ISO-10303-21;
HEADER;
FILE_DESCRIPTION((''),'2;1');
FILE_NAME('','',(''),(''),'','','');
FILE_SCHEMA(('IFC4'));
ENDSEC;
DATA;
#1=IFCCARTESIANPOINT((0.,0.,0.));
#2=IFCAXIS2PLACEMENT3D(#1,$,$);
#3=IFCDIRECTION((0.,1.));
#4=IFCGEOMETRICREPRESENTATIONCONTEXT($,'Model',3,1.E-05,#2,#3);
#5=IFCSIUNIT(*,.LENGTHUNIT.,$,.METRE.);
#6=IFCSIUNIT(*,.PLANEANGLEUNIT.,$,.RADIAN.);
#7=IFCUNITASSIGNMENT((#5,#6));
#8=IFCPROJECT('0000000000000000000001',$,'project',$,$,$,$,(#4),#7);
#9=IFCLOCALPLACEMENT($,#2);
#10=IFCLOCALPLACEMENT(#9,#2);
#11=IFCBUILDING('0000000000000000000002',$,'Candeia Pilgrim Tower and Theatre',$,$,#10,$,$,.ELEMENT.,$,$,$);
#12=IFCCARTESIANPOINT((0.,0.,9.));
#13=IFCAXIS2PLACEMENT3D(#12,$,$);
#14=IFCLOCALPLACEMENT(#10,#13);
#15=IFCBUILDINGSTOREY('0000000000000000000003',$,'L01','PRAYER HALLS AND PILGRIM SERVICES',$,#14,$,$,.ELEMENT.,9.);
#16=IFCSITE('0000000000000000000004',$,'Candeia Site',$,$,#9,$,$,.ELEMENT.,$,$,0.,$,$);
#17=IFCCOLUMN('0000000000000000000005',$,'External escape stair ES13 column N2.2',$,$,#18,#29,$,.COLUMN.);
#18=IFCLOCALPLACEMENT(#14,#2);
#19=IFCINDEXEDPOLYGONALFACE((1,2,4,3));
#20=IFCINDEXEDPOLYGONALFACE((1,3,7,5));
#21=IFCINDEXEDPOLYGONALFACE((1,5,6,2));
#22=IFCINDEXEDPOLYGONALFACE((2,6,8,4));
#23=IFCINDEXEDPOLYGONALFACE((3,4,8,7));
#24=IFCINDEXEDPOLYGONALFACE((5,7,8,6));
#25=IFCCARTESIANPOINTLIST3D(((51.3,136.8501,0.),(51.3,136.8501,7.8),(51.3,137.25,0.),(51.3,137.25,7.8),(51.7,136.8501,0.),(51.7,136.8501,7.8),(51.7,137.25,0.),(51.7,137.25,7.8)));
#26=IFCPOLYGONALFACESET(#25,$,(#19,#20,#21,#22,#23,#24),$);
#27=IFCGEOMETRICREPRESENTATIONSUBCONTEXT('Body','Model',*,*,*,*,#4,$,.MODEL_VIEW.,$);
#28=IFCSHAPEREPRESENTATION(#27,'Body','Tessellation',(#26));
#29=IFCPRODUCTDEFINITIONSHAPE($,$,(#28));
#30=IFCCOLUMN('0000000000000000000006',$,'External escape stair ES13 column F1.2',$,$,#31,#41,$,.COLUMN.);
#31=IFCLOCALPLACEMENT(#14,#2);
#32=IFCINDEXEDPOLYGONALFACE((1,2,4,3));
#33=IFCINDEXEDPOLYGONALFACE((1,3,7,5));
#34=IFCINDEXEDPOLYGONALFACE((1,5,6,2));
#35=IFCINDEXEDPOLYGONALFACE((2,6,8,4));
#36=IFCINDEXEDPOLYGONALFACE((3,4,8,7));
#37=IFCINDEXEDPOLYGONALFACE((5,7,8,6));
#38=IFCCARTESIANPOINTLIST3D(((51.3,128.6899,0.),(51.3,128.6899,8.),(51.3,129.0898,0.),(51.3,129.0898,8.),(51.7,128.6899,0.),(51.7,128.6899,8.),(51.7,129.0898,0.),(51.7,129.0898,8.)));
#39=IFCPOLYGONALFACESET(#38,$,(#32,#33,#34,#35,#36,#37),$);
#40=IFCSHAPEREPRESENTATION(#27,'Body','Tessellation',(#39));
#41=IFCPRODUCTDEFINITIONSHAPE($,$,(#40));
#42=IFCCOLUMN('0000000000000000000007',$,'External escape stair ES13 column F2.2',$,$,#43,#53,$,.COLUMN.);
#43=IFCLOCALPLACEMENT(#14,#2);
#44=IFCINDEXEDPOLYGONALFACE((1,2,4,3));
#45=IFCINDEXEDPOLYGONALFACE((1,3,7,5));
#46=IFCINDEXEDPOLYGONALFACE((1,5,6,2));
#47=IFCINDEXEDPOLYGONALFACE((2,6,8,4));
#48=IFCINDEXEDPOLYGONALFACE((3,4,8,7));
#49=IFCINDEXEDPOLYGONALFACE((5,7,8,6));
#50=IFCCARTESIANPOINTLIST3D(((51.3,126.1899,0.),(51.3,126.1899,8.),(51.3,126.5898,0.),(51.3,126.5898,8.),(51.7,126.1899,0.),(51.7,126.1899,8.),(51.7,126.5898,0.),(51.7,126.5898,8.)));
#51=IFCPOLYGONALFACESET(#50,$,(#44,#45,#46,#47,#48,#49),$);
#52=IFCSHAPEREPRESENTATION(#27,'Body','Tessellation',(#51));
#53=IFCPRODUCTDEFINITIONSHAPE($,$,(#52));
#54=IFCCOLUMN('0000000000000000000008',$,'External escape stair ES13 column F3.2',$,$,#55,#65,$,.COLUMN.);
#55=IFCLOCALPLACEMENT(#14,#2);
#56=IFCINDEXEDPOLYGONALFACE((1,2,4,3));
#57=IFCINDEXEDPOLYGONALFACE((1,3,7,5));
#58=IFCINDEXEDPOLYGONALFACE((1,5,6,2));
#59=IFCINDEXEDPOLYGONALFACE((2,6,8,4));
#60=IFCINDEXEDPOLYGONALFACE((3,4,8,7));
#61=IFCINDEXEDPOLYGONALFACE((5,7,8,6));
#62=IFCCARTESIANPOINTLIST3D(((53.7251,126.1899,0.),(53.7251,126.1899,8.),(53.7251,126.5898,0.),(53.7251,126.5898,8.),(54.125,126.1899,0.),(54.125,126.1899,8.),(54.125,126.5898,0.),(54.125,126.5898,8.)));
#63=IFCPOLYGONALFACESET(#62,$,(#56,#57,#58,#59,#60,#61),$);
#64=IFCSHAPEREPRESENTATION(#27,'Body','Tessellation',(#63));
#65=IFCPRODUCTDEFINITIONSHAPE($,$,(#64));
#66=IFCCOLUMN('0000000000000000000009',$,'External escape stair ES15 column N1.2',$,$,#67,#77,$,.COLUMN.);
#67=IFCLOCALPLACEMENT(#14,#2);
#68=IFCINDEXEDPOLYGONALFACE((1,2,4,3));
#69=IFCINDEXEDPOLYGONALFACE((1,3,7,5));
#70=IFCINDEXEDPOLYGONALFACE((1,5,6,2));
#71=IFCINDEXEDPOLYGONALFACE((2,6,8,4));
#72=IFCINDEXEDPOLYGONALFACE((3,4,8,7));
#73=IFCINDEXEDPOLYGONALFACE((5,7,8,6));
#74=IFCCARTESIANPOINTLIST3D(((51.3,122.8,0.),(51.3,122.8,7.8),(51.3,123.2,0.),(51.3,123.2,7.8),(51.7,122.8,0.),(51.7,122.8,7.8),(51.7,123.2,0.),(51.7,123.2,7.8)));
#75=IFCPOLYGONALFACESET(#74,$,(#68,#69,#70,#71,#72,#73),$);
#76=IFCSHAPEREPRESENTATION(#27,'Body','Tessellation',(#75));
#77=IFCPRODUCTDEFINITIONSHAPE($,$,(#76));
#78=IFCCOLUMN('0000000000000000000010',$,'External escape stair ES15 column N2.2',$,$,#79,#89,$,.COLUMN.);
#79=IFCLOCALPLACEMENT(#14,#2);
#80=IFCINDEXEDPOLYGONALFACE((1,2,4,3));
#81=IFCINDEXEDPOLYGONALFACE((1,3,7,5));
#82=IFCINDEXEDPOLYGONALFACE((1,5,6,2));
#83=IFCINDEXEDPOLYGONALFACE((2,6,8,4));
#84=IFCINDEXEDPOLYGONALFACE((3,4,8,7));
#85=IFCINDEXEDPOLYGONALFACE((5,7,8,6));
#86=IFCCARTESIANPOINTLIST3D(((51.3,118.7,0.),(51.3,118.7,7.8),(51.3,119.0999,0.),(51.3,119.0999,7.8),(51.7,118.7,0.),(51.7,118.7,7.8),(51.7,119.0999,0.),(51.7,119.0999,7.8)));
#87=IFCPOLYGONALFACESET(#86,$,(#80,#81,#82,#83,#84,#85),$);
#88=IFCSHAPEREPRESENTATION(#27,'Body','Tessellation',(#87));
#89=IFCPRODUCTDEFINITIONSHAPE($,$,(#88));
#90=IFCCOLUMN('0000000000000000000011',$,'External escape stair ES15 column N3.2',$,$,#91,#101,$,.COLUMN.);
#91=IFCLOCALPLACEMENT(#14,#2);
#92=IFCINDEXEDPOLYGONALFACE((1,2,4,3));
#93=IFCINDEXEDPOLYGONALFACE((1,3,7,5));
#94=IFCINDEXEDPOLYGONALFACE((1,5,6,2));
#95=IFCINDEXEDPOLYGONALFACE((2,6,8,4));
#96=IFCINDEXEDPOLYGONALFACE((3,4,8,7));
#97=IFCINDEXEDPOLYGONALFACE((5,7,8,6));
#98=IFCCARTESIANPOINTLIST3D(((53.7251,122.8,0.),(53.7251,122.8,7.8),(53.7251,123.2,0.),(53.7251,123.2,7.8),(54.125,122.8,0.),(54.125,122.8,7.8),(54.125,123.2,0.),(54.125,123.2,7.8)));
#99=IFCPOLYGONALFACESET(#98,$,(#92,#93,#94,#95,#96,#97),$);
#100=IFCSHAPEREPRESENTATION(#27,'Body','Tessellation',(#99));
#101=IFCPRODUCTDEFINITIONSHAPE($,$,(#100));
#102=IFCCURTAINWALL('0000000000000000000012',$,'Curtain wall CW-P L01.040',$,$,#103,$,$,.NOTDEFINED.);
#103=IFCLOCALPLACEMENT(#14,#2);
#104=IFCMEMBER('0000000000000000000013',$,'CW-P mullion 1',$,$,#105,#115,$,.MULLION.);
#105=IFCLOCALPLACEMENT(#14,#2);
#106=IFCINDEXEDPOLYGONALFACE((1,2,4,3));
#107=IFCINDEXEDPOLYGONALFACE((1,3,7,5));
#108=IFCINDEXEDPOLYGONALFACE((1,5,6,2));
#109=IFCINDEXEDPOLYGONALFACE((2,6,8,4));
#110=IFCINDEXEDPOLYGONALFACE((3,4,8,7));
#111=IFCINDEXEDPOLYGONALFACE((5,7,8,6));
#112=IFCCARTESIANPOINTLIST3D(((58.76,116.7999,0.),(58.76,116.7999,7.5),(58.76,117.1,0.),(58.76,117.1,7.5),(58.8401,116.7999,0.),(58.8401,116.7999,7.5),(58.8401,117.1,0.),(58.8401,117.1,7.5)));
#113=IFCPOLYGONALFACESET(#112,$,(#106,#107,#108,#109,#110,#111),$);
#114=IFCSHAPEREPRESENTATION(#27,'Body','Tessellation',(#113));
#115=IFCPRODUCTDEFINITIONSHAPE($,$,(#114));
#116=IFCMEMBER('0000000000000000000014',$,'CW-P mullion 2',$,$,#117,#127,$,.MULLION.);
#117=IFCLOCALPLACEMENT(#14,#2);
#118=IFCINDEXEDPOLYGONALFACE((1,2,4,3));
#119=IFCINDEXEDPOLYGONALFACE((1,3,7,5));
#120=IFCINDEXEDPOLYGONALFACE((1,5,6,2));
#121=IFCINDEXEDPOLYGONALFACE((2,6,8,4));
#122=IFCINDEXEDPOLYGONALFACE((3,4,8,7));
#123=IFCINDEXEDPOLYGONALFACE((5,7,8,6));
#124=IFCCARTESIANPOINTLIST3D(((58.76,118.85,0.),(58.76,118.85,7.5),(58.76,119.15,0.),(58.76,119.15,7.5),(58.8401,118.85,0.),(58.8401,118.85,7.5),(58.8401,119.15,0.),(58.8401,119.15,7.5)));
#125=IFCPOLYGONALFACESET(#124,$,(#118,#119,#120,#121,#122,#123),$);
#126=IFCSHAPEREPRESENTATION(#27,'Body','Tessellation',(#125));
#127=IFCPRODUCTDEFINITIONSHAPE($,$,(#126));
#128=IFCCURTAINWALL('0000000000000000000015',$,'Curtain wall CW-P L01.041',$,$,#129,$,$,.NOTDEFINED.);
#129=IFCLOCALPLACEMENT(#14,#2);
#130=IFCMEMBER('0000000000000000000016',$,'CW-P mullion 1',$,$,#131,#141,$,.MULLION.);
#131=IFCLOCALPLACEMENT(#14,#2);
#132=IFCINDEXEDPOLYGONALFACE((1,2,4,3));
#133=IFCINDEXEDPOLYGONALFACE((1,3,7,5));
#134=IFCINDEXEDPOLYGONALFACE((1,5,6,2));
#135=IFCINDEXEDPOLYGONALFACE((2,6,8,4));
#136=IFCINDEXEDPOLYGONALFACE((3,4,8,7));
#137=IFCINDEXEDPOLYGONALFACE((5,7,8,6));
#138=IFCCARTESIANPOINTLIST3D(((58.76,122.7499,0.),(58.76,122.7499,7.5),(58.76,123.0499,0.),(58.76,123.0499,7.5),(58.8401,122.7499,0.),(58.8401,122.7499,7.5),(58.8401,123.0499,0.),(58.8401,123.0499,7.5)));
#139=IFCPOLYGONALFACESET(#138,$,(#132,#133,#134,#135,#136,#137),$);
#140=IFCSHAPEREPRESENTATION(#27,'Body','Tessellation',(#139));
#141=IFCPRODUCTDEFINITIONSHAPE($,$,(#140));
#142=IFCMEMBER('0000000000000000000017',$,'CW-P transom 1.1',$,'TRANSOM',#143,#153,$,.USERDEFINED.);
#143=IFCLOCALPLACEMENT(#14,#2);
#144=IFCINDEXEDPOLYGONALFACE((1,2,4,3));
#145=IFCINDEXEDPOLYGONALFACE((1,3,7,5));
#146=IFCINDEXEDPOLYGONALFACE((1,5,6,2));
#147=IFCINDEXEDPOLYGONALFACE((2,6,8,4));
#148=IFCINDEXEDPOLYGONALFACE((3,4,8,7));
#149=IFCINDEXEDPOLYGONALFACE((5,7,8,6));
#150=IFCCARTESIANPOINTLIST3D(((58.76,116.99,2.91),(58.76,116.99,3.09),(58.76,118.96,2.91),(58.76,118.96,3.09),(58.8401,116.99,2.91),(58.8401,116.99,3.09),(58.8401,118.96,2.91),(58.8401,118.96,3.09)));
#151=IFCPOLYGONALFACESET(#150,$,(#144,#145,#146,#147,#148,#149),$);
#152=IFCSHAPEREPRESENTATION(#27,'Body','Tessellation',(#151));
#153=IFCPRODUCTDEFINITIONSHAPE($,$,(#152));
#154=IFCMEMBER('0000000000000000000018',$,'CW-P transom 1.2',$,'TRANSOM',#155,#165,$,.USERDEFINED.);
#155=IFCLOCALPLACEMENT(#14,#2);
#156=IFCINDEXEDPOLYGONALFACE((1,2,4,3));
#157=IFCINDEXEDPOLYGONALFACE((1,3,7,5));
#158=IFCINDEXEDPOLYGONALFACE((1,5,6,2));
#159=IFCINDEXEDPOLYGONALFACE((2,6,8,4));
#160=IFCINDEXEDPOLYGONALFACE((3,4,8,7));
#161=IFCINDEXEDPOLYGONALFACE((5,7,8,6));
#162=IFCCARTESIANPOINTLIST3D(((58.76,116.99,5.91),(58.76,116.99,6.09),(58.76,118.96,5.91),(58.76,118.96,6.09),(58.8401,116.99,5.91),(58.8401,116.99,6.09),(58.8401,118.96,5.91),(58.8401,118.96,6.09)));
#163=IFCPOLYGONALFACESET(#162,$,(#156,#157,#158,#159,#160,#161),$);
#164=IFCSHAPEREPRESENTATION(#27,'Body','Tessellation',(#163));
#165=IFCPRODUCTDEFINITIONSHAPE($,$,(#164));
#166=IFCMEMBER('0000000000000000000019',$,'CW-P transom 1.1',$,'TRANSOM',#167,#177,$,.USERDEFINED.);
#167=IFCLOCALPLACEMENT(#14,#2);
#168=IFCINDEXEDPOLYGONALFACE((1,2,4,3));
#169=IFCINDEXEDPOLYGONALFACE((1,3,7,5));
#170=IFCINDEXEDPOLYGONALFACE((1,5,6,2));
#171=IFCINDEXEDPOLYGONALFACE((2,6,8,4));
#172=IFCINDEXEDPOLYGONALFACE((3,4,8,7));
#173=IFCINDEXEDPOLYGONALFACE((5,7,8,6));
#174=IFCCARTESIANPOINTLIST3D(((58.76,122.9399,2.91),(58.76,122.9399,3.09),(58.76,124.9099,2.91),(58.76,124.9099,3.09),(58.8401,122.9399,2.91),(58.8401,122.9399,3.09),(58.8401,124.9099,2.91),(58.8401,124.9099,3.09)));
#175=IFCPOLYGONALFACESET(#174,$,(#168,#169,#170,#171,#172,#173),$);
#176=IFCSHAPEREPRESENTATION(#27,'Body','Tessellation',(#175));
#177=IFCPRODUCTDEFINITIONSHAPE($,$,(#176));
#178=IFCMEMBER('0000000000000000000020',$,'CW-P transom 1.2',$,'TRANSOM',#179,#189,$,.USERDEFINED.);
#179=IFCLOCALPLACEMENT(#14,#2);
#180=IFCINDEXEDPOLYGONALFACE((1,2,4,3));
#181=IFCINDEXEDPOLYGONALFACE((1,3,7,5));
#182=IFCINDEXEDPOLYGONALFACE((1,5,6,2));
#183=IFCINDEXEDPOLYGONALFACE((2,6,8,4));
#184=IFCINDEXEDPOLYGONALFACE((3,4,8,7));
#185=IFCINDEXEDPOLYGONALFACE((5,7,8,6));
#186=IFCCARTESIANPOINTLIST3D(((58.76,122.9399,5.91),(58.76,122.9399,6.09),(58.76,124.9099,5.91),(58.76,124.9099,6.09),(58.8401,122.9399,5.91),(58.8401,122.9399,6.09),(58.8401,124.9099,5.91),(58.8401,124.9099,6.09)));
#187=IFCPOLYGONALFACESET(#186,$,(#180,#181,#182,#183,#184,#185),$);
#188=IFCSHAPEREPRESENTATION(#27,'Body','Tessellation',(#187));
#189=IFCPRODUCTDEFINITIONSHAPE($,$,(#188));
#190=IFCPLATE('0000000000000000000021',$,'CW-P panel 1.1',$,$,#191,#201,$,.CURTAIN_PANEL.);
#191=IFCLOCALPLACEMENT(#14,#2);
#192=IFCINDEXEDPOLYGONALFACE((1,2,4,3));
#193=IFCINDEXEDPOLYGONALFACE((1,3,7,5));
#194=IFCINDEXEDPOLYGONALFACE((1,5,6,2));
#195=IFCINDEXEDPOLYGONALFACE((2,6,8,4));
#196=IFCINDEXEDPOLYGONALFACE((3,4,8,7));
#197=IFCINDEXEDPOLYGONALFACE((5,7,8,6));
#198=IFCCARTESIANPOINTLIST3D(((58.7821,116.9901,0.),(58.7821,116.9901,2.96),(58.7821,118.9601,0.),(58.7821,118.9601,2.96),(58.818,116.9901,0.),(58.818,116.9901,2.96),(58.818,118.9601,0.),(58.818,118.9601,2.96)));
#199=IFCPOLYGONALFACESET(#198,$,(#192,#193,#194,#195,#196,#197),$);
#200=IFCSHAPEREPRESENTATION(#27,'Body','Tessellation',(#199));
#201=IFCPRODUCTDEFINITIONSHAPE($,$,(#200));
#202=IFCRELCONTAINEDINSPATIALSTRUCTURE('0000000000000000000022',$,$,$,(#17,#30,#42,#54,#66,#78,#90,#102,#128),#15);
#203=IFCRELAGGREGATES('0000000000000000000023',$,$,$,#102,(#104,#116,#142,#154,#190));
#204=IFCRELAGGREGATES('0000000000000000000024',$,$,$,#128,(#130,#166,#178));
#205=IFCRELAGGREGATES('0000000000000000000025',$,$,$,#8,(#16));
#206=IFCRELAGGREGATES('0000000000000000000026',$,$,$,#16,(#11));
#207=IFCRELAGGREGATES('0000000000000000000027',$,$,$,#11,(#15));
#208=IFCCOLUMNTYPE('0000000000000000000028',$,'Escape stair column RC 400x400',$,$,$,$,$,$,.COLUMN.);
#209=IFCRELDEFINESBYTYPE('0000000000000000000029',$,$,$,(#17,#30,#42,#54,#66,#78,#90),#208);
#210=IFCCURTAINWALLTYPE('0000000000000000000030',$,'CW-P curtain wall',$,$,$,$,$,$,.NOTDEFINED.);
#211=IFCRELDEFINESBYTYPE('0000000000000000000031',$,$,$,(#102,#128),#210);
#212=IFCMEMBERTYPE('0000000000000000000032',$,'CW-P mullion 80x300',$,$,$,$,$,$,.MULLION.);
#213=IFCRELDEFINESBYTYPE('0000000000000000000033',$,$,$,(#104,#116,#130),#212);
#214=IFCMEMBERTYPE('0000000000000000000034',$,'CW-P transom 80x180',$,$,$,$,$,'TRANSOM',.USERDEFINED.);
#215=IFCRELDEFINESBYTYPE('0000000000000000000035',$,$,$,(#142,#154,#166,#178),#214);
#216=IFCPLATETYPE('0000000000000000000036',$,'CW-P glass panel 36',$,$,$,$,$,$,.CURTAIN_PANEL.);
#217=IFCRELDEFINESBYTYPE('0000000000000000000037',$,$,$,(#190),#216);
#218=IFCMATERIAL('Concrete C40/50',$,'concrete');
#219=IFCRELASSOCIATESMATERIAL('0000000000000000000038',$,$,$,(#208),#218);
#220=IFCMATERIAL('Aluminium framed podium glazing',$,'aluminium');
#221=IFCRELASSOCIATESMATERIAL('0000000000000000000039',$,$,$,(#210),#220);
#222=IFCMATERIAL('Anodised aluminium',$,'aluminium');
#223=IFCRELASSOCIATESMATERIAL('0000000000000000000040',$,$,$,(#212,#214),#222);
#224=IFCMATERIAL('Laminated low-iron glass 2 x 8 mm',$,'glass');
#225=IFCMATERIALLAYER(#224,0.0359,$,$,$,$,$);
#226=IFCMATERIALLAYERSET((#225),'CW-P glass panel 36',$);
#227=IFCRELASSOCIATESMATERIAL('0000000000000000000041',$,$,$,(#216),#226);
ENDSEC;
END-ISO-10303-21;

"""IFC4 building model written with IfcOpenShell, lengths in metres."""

from ifc_helpers import new_model, si_unit, direction, frame, origin, origin_2d, place, context, subcontext, project, spatial, rectangle, extrude, material, layer, layer_set, material_profile, profile_set, type_object, element, aggregate, save


model = new_model("IFC4")

# Units and contexts
model_context = context("Model", 3, precision=1e-05, world=origin(), true_north=direction((0.0, 1.0)))
body_context = subcontext(model_context, "Body", "Model", "MODEL_VIEW")
ifc_project = project(units=[si_unit("LENGTHUNIT", "METRE"), si_unit("PLANEANGLEUNIT", "RADIAN")], contexts=[model_context])

# Site, building, storey
site_placement = place(None, origin())
site = spatial("IfcSite", under=ifc_project, at=site_placement, Name="Candeia Site", CompositionType="ELEMENT", RefElevation=0.0)
building_placement = place(site_placement, origin())
building = spatial("IfcBuilding", under=site, at=building_placement, Name="Candeia Pilgrim Tower and Theatre", CompositionType="ELEMENT")
storey_placement = place(building_placement, frame((0.0, 0.0, 9.0)))
storey = spatial("IfcBuildingStorey", under=building, at=storey_placement, Name="L01", Description="PRAYER HALLS AND PILGRIM SERVICES", CompositionType="ELEMENT", Elevation=9.0)

# Columns
ifc_material_1 = material(Name="Concrete C40/50", Category="concrete")
ifc_material_profile_1 = material_profile(ifc_material_1, rectangle(XDim=0.3999, YDim=0.3999, at=origin_2d()))
ifc_profile_set_1 = profile_set([ifc_material_profile_1], Name="Concrete C40/50")
column_type = type_object("IfcColumnType", Name="Escape stair column RC 400x400", PredefinedType="COLUMN", material=ifc_profile_set_1)
column_placement = place(storey_placement, frame((51.5, 137.05, 0.0), z_axis=(0.0, 0.0, 1.0), x_axis=(1.0, 0.0, 0.0)))
element("IfcColumn", 1, at=column_placement, inside=storey, type_object=column_type, Name="External escape stair ES13 column N2.2", PredefinedType="COLUMN", context=body_context, shape_type="SweptSolid", body=[
    extrude(rectangle(XDim=0.3999, YDim=0.3999, at=origin_2d()), origin(), (0.0, 0.0, 1.0), 7.8),
])
for number, where, z_axis, x_axis, name in (
    (2, (51.5, 128.8899, 0.0), (0.0, 0.0, 1.0), (1.0, 0.0, 0.0), "External escape stair ES13 column F1.2"),
    (3, (51.5, 126.3899, 0.0), (0.0, 0.0, 1.0), (1.0, 0.0, 0.0), "External escape stair ES13 column F2.2"),
    (4, (53.925, 126.3899, 0.0), (0.0, 0.0, 1.0), (1.0, 0.0, 0.0), "External escape stair ES13 column F3.2"),
):
    element("IfcColumn", number, at=place(storey_placement, frame(where, z_axis=z_axis, x_axis=x_axis)), inside=storey, type_object=column_type, Name=name, PredefinedType="COLUMN", context=body_context, shape_type="SweptSolid", body=[
        extrude(rectangle(XDim=0.3999, YDim=0.3999, at=origin_2d()), origin(), (0.0, 0.0, 1.0), 8.0),
    ])
for number, where, z_axis, x_axis, name in (
    (5, (51.5, 123.0, 0.0), (0.0, 0.0, 1.0), (1.0, 0.0, 0.0), "External escape stair ES15 column N1.2"),
    (6, (51.5, 118.8999, 0.0), (0.0, 0.0, 1.0), (1.0, 0.0, 0.0), "External escape stair ES15 column N2.2"),
    (7, (53.925, 123.0, 0.0), (0.0, 0.0, 1.0), (1.0, 0.0, 0.0), "External escape stair ES15 column N3.2"),
):
    element("IfcColumn", number, at=place(storey_placement, frame(where, z_axis=z_axis, x_axis=x_axis)), inside=storey, type_object=column_type, Name=name, PredefinedType="COLUMN", context=body_context, shape_type="SweptSolid", body=[
        extrude(rectangle(XDim=0.3999, YDim=0.3999, at=origin_2d()), origin(), (0.0, 0.0, 1.0), 7.8),
    ])

# Curtain wall, members
ifc_material_2 = material(Name="Aluminium framed podium glazing", Category="aluminium")
curtain_wall_type = type_object("IfcCurtainWallType", Name="CW-P curtain wall", PredefinedType="NOTDEFINED", material=ifc_material_2)
curtain_wall_1_placement = place(storey_placement, origin())
curtain_wall_1 = element("IfcCurtainWall", 8, at=curtain_wall_1_placement, inside=storey, type_object=curtain_wall_type, Name="Curtain wall CW-P L01.040", PredefinedType="NOTDEFINED")
ifc_material_3 = material(Name="Anodised aluminium", Category="aluminium")
ifc_material_profile_2 = material_profile(ifc_material_3, rectangle(XDim=0.0801, YDim=0.3, at=origin_2d()))
ifc_profile_set_2 = profile_set([ifc_material_profile_2], Name="Anodised aluminium")
member_type_1 = type_object("IfcMemberType", Name="CW-P mullion 80x300", PredefinedType="MULLION", material=ifc_profile_set_2)
member_1_placement = place(storey_placement, frame((58.8, 116.95, 0.0), z_axis=(0.0, 0.0, 1.0), x_axis=(-1.0, 0.0, 0.0)))
member_1 = element("IfcMember", 9, at=member_1_placement, type_object=member_type_1, Name="CW-P mullion 1", PredefinedType="MULLION", context=body_context, shape_type="SweptSolid", body=[
    extrude(rectangle(XDim=0.0801, YDim=0.3, at=origin_2d()), origin(), (0.0, 0.0, 1.0), 7.5),
])
member_2_placement = place(storey_placement, frame((58.8, 119.0, 0.0), z_axis=(0.0, 0.0, 1.0), x_axis=(-1.0, 0.0, 0.0)))
member_2 = element("IfcMember", 10, at=member_2_placement, type_object=member_type_1, Name="CW-P mullion 2", PredefinedType="MULLION", context=body_context, shape_type="SweptSolid", body=[
    extrude(rectangle(XDim=0.0801, YDim=0.3, at=origin_2d()), origin(), (0.0, 0.0, 1.0), 7.5),
])

# Curtain wall, member
curtain_wall_2_placement = place(storey_placement, origin())
curtain_wall_2 = element("IfcCurtainWall", 11, at=curtain_wall_2_placement, inside=storey, type_object=curtain_wall_type, Name="Curtain wall CW-P L01.041", PredefinedType="NOTDEFINED")
member_3_placement = place(storey_placement, frame((58.8, 122.8999, 0.0), z_axis=(0.0, 0.0, 1.0), x_axis=(-1.0, 0.0, 0.0)))
member_3 = element("IfcMember", 12, at=member_3_placement, type_object=member_type_1, Name="CW-P mullion 1", PredefinedType="MULLION", context=body_context, shape_type="SweptSolid", body=[
    extrude(rectangle(XDim=0.0801, YDim=0.3, at=origin_2d()), origin(), (0.0, 0.0, 1.0), 7.5),
])

# Members
ifc_material_profile_3 = material_profile(ifc_material_3, rectangle(XDim=0.0801, YDim=0.1799, at=origin_2d()))
ifc_profile_set_3 = profile_set([ifc_material_profile_3], Name="Anodised aluminium")
member_type_2 = type_object("IfcMemberType", Name="CW-P transom 80x180", ElementType="TRANSOM", PredefinedType="USERDEFINED", material=ifc_profile_set_3)
member_4_placement = place(storey_placement, frame((58.8, 116.99, 3.0), z_axis=(0.0, 1.0, 0.0), x_axis=(-1.0, 0.0, 0.0)))
member_4 = element("IfcMember", 13, at=member_4_placement, type_object=member_type_2, Name="CW-P transom 1.1", ObjectType="TRANSOM", PredefinedType="USERDEFINED", context=body_context, shape_type="SweptSolid", body=[
    extrude(rectangle(XDim=0.0801, YDim=0.1799, at=origin_2d()), origin(), (0.0, 0.0, 1.0), 1.97),
])
member_5_placement = place(storey_placement, frame((58.8, 116.99, 6.0), z_axis=(0.0, 1.0, 0.0), x_axis=(-1.0, 0.0, 0.0)))
member_5 = element("IfcMember", 14, at=member_5_placement, type_object=member_type_2, Name="CW-P transom 1.2", ObjectType="TRANSOM", PredefinedType="USERDEFINED", context=body_context, shape_type="SweptSolid", body=[
    extrude(rectangle(XDim=0.0801, YDim=0.1799, at=origin_2d()), origin(), (0.0, 0.0, 1.0), 1.97),
])
member_6_placement = place(storey_placement, frame((58.8, 122.9399, 3.0), z_axis=(0.0, 1.0, 0.0), x_axis=(-1.0, 0.0, 0.0)))
member_6 = element("IfcMember", 15, at=member_6_placement, type_object=member_type_2, Name="CW-P transom 1.1", ObjectType="TRANSOM", PredefinedType="USERDEFINED", context=body_context, shape_type="SweptSolid", body=[
    extrude(rectangle(XDim=0.0801, YDim=0.1799, at=origin_2d()), origin(), (0.0, 0.0, 1.0), 1.97),
])
member_7_placement = place(storey_placement, frame((58.8, 122.9399, 6.0), z_axis=(0.0, 1.0, 0.0), x_axis=(-1.0, 0.0, 0.0)))
member_7 = element("IfcMember", 16, at=member_7_placement, type_object=member_type_2, Name="CW-P transom 1.2", ObjectType="TRANSOM", PredefinedType="USERDEFINED", context=body_context, shape_type="SweptSolid", body=[
    extrude(rectangle(XDim=0.0801, YDim=0.1799, at=origin_2d()), origin(), (0.0, 0.0, 1.0), 1.97),
])

# Plate
ifc_material_4 = material(Name="Laminated low-iron glass 2 x 8 mm", Category="glass")
ifc_layer_1 = layer(ifc_material_4, 0.0359)
ifc_layer_set_1 = layer_set([ifc_layer_1], Name="CW-P glass panel 36")
plate_type = type_object("IfcPlateType", Name="CW-P glass panel 36", PredefinedType="CURTAIN_PANEL", material=ifc_layer_set_1)
plate_1_placement = place(storey_placement, frame((58.8, 117.9751, 0.0), z_axis=(0.0, 0.0, 1.0), x_axis=(0.0, 1.0, 0.0)))
plate_1 = element("IfcPlate", 17, at=plate_1_placement, type_object=plate_type, Name="CW-P panel 1.1", PredefinedType="CURTAIN_PANEL", context=body_context, shape_type="SweptSolid", body=[
    extrude(rectangle(XDim=1.97, YDim=0.0359, at=origin_2d()), origin(), (0.0, 0.0, 1.0), 2.96),
])
aggregate(curtain_wall_1, [member_1, member_2, member_4, member_5, plate_1])
aggregate(curtain_wall_2, [member_3, member_6, member_7])

save(model, "model.ifc")
